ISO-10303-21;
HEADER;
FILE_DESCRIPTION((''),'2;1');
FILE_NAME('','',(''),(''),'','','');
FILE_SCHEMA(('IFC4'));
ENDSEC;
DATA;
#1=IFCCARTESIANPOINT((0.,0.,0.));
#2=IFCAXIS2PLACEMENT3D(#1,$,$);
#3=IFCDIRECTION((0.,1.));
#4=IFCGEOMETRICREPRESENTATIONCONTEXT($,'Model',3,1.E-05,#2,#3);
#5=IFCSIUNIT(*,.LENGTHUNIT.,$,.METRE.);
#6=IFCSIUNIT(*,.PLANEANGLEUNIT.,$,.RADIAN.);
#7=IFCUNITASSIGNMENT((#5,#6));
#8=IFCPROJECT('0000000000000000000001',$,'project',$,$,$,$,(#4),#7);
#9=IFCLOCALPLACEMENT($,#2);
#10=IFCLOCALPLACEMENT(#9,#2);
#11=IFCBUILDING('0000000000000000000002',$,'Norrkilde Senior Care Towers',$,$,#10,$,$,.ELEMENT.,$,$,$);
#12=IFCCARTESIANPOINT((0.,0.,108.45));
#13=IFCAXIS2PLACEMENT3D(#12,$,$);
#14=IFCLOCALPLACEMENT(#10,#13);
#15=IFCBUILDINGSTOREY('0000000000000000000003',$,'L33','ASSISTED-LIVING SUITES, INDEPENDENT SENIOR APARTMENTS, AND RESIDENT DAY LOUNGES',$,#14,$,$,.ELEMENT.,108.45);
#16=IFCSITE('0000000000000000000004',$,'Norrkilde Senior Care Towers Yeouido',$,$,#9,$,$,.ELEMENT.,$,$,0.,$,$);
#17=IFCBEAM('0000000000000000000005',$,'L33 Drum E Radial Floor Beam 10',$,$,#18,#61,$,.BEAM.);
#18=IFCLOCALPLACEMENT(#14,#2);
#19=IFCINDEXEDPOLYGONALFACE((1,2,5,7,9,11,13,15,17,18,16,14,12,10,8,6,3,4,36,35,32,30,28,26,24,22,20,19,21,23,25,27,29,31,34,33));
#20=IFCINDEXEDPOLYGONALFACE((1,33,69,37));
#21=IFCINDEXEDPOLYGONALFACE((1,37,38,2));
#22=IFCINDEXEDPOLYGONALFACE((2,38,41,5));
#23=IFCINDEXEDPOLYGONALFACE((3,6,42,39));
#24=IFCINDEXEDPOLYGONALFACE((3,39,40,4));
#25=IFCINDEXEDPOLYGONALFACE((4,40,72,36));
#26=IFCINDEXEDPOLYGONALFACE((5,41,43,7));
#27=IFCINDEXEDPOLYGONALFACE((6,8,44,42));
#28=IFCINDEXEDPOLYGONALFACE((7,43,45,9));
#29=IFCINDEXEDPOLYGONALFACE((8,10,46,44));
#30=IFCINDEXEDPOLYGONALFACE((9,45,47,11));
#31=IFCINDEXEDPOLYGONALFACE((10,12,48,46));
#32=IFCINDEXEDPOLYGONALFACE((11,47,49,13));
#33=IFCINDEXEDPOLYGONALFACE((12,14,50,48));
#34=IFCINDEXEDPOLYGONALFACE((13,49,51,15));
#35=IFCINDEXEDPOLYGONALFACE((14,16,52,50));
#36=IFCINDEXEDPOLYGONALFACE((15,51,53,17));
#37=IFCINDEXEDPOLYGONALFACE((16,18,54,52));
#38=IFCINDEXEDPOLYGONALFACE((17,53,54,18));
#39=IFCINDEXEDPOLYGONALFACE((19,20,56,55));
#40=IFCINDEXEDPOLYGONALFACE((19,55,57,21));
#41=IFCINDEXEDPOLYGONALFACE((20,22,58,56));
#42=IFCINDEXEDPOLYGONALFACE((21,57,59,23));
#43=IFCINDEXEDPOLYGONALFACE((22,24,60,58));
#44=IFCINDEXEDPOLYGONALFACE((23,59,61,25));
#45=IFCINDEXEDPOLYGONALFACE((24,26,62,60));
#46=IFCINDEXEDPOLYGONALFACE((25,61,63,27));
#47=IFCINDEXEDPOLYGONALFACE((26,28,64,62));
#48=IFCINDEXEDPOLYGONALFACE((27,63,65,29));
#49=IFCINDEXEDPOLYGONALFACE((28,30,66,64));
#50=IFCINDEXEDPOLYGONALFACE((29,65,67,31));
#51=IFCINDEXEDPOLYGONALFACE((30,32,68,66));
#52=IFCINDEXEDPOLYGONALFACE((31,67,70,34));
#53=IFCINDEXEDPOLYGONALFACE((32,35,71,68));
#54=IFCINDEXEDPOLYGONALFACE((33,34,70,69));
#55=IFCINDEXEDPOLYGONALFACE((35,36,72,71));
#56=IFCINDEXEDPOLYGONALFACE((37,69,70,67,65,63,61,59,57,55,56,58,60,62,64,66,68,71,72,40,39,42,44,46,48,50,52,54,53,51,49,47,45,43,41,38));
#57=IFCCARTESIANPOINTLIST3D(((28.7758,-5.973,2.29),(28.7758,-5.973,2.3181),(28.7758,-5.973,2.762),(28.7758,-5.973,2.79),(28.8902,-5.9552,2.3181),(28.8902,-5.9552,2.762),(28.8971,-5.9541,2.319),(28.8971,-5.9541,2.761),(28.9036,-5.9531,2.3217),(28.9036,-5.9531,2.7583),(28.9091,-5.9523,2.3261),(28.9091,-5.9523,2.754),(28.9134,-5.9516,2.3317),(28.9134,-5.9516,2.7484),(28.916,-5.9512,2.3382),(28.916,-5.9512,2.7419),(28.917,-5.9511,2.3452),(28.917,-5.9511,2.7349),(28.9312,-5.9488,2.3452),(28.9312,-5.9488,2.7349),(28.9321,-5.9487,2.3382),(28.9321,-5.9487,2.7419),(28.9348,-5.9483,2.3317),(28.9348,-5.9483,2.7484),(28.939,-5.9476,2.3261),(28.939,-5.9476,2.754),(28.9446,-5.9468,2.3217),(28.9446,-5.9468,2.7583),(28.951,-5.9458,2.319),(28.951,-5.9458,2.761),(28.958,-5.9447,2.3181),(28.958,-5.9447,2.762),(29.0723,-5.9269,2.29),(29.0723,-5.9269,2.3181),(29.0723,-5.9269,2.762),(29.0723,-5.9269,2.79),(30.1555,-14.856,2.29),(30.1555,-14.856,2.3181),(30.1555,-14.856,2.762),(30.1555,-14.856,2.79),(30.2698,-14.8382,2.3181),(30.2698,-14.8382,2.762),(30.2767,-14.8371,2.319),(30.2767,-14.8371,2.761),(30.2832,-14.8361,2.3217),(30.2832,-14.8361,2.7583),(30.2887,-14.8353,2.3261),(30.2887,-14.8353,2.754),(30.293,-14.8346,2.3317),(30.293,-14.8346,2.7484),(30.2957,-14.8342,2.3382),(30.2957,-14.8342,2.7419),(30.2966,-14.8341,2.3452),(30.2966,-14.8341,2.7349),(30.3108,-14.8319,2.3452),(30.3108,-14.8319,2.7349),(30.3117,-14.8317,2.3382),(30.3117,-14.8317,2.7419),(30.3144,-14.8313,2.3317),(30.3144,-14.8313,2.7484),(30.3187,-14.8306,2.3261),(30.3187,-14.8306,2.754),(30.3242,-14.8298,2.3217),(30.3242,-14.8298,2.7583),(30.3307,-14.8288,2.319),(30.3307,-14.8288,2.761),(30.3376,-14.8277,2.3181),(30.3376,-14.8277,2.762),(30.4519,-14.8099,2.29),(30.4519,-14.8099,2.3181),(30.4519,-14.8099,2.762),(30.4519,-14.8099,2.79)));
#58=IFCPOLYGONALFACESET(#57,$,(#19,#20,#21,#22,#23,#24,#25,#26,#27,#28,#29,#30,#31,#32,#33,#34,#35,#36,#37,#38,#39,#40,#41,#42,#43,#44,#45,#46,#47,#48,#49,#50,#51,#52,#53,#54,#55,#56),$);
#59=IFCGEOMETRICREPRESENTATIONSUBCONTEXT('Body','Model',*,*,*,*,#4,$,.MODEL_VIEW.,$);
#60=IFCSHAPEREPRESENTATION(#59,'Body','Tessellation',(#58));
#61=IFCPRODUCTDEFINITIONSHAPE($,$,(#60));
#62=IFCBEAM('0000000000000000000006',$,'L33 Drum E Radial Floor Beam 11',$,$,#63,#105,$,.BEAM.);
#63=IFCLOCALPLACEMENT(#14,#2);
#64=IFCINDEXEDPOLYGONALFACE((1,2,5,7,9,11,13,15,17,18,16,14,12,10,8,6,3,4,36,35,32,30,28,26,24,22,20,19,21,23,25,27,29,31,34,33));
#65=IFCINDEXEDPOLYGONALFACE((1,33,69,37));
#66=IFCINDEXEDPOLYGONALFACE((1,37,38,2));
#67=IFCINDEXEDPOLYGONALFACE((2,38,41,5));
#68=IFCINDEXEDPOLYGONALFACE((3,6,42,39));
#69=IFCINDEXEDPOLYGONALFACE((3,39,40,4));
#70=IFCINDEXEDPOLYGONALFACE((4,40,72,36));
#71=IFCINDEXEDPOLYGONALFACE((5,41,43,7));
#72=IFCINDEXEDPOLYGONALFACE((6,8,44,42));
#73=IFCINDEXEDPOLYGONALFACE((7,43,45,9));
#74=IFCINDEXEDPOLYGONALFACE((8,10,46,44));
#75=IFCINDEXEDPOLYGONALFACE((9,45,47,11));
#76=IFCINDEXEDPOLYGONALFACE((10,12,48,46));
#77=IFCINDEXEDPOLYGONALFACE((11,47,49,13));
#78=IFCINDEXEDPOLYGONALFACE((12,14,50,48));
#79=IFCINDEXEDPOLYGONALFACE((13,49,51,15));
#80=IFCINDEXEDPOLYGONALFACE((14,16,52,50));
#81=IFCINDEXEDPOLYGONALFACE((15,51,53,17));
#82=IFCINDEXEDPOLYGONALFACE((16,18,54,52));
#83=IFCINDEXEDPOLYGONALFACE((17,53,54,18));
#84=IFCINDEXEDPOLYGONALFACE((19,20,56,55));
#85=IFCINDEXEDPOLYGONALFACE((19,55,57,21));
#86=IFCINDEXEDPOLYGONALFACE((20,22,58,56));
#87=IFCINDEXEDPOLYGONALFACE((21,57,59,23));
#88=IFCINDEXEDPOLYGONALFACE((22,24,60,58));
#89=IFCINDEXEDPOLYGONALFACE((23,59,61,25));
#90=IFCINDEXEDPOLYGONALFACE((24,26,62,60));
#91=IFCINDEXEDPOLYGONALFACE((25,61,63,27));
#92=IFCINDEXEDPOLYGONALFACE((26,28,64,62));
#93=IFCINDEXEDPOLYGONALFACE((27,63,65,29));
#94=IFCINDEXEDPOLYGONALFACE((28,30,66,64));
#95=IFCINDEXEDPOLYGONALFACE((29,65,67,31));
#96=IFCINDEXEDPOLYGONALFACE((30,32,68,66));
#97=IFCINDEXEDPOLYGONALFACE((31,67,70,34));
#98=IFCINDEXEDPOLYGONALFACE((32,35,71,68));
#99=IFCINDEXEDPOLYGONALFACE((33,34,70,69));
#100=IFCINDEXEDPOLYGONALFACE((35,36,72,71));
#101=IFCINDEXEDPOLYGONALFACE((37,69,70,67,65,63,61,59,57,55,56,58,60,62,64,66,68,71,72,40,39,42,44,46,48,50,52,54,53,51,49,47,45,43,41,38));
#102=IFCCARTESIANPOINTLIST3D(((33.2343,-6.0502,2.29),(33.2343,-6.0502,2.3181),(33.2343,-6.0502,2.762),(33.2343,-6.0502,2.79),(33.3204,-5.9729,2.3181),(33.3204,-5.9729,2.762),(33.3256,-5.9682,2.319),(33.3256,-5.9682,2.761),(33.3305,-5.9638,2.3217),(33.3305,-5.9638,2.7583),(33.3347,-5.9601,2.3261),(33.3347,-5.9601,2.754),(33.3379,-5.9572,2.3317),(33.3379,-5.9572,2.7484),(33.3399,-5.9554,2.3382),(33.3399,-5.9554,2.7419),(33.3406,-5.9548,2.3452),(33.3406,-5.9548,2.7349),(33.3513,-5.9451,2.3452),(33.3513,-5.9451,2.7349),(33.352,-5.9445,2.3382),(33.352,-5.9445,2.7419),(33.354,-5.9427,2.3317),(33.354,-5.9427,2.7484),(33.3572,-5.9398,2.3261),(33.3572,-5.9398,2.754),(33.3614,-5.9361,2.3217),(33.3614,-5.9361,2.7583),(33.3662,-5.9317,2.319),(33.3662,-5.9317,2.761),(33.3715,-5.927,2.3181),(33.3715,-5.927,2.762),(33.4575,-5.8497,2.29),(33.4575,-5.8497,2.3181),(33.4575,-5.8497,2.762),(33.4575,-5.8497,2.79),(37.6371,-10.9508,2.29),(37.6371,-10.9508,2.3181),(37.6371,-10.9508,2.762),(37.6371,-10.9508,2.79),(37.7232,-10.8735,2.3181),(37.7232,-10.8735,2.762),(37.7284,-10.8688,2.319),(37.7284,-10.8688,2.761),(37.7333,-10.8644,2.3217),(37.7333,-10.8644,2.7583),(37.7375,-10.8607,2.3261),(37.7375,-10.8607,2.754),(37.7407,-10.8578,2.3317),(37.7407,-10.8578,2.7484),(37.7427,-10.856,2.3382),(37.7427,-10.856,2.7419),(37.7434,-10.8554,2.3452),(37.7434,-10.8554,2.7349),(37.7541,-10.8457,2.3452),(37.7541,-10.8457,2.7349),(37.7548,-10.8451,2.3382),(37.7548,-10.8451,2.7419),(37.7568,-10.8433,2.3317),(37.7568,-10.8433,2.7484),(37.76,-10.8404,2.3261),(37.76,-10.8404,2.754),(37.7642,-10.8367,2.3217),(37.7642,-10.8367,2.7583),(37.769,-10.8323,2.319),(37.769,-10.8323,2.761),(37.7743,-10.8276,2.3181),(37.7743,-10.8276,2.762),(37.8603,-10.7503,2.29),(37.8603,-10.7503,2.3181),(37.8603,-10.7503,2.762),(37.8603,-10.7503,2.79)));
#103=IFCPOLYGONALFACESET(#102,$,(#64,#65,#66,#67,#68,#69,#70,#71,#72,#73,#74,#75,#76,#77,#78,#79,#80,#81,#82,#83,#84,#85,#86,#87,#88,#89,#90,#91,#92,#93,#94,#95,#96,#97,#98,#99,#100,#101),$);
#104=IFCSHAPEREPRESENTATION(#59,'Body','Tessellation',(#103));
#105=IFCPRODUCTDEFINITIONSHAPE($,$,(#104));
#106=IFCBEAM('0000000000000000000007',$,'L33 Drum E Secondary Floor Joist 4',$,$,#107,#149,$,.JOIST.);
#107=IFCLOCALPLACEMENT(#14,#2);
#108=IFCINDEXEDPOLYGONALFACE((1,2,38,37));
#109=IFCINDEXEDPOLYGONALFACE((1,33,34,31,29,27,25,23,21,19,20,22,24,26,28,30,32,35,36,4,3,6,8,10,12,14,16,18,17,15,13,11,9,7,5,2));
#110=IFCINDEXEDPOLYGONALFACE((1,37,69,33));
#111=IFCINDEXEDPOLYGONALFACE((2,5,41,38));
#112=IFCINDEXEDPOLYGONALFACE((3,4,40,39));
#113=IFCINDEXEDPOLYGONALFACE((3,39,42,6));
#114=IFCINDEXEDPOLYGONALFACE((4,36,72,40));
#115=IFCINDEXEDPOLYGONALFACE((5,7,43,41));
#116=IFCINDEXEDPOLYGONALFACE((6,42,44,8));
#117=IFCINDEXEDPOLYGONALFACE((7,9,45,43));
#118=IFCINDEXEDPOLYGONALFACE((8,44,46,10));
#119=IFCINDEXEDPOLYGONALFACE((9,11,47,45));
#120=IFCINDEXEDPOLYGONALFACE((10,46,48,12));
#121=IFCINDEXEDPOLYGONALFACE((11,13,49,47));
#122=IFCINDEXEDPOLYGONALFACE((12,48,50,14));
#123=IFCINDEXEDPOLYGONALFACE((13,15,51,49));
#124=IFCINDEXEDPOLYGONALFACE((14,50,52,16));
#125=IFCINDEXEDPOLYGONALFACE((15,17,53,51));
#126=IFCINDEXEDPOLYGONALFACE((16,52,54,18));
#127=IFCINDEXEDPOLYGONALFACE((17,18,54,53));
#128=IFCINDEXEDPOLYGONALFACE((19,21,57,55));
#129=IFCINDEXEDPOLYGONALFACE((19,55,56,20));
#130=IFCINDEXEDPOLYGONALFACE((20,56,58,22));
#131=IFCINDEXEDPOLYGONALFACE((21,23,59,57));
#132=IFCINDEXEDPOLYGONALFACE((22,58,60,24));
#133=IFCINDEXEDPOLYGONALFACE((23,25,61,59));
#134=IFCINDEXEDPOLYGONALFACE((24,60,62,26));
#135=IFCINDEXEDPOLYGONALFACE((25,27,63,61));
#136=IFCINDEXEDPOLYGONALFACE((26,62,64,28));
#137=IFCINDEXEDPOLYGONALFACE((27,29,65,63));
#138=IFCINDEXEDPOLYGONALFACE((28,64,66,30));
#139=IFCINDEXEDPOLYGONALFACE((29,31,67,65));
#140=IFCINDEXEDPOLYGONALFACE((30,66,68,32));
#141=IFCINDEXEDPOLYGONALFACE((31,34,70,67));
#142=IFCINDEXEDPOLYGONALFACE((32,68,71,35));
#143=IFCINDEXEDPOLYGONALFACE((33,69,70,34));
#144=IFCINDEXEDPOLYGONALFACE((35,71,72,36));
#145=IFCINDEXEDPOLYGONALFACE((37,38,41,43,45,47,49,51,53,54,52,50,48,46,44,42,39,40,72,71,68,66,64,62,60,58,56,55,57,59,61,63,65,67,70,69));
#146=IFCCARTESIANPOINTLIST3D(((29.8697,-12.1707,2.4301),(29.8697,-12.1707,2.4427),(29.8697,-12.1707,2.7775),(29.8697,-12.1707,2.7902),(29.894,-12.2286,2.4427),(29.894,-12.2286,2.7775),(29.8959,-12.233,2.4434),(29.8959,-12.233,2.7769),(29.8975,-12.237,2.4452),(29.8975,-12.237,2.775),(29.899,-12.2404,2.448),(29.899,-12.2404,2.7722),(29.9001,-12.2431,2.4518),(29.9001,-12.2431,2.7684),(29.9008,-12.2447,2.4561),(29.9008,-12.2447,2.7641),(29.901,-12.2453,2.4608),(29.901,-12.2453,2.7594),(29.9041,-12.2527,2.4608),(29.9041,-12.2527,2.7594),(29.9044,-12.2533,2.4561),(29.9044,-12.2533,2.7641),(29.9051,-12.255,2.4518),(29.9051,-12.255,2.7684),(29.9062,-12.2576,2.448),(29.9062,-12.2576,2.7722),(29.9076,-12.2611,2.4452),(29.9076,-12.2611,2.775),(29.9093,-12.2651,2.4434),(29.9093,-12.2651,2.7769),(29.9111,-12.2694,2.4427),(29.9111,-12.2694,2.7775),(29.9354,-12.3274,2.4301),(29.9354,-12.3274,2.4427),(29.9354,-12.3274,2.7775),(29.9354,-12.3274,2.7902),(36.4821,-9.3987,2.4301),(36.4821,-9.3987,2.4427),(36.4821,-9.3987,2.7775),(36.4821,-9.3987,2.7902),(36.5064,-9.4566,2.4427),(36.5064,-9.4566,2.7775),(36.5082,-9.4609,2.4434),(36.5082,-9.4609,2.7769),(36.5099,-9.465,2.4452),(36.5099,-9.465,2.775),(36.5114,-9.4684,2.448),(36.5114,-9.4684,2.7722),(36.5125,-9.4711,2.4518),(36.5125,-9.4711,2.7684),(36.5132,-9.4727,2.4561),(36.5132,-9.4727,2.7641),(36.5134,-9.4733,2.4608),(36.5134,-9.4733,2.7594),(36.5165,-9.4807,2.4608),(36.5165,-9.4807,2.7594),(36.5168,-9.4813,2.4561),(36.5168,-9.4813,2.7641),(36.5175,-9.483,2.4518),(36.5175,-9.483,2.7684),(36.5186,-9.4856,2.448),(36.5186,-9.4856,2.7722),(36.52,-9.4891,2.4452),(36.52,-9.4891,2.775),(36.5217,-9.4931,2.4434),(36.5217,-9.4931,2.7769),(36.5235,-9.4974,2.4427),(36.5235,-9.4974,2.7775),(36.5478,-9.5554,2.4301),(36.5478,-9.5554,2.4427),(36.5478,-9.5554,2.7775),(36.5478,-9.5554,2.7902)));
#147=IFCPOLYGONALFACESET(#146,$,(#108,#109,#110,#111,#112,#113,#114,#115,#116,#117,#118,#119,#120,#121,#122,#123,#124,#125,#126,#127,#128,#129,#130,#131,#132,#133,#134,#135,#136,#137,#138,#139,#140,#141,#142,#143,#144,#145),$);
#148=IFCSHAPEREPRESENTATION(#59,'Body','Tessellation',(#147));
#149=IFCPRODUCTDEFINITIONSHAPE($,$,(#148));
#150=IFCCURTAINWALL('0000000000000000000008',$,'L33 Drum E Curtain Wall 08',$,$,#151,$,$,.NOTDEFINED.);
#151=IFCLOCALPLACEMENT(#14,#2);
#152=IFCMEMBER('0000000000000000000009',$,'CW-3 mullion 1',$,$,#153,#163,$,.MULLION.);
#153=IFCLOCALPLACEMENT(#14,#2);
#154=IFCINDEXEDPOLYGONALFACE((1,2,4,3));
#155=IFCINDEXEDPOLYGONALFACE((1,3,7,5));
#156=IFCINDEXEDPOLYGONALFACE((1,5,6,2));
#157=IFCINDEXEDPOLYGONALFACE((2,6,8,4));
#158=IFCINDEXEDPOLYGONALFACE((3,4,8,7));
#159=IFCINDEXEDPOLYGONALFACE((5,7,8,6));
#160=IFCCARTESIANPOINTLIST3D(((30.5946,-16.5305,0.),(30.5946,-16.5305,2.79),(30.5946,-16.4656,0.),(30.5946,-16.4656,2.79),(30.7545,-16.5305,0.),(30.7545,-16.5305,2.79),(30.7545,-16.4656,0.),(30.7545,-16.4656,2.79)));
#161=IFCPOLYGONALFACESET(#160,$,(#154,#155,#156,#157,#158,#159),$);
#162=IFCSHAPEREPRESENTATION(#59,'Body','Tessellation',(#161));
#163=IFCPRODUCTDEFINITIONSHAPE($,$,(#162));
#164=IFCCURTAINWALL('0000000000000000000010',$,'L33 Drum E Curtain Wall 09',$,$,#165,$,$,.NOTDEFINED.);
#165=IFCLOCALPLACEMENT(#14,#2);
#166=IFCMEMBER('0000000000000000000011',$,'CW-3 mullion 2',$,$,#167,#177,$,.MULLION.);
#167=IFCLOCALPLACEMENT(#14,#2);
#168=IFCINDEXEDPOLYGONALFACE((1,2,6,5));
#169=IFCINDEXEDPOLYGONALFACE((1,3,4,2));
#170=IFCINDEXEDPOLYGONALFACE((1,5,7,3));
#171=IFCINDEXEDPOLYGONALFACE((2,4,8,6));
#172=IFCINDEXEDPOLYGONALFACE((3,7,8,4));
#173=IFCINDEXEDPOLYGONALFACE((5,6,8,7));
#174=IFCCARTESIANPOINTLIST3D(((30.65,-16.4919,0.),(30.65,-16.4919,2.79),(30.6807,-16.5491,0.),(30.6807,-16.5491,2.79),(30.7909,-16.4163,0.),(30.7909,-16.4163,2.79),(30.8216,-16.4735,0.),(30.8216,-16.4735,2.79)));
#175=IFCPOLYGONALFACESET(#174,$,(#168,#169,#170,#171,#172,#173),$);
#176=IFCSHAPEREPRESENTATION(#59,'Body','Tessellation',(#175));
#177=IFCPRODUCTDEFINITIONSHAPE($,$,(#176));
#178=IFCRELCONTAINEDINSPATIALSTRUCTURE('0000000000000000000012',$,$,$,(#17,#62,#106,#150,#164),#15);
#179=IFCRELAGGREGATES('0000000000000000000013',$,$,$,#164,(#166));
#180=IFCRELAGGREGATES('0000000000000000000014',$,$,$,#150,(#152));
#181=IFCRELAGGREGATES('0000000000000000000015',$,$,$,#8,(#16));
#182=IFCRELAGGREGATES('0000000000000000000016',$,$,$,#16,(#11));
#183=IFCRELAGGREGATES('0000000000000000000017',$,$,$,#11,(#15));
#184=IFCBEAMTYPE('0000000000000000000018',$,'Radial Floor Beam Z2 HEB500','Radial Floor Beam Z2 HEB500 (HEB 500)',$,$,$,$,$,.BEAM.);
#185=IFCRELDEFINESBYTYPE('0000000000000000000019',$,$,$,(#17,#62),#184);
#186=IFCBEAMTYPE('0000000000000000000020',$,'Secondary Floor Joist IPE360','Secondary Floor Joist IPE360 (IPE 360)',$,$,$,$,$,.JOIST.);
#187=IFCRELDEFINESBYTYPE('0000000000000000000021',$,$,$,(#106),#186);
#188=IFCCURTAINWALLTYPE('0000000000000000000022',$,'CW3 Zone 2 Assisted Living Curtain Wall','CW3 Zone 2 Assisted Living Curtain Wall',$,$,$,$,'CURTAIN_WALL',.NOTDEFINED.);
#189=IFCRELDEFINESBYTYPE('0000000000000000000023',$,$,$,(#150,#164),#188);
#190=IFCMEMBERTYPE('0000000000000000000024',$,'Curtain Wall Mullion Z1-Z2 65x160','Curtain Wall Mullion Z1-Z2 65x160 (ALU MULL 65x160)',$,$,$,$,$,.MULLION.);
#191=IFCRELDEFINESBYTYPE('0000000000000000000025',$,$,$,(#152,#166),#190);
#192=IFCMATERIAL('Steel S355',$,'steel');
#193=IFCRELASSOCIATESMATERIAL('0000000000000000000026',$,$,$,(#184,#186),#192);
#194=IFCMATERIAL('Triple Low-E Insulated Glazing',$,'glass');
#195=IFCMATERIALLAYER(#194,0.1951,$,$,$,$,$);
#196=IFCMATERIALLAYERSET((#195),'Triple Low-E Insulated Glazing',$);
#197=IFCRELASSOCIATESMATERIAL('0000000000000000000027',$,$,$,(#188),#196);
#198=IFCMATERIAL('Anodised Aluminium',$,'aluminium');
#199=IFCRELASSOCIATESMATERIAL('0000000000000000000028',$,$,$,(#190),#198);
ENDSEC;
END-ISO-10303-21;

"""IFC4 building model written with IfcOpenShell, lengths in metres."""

from ifc_helpers import new_model, si_unit, direction, frame, origin, origin_2d, place, context, subcontext, project, spatial, rectangle, i_section, extrude, source, transform, mapped, material, layer, layer_set, material_profile, profile_set, type_object, type_shapes, element, aggregate, save


model = new_model("IFC4")

# Units and contexts
model_context = context("Model", 3, precision=1e-05, world=origin(), true_north=direction((0.0, 1.0)))
body_context = subcontext(model_context, "Body", "Model", "MODEL_VIEW")
ifc_project = project(units=[si_unit("LENGTHUNIT", "METRE"), si_unit("PLANEANGLEUNIT", "RADIAN")], contexts=[model_context])

# Site, building, storey
site_placement = place(None, origin())
site = spatial("IfcSite", under=ifc_project, at=site_placement, Name="Norrkilde Senior Care Towers Yeouido", CompositionType="ELEMENT", RefElevation=0.0)
building_placement = place(site_placement, origin())
building = spatial("IfcBuilding", under=site, at=building_placement, Name="Norrkilde Senior Care Towers", CompositionType="ELEMENT")
storey_placement = place(building_placement, frame((0.0, 0.0, 108.45)))
storey = spatial("IfcBuildingStorey", under=building, at=storey_placement, Name="L33", Description="ASSISTED-LIVING SUITES, INDEPENDENT SENIOR APARTMENTS, AND RESIDENT DAY LOUNGES", CompositionType="ELEMENT", Elevation=108.45)

# Beams
ifc_material_1 = material(Name="Steel S355", Category="steel")
ifc_material_profile_1 = material_profile(ifc_material_1, i_section(OverallWidth=0.3, OverallDepth=0.5, WebThickness=0.0144, FlangeThickness=0.0281, FilletRadius=0.0271, at=origin_2d()), Name="HEB 500")
ifc_profile_set_1 = profile_set([ifc_material_profile_1], Name="Steel S355")
beam_type_1 = type_object("IfcBeamType", Name="Radial Floor Beam Z2 HEB500", Description="Radial Floor Beam Z2 HEB500 (HEB 500)", PredefinedType="BEAM", material=ifc_profile_set_1)
shared_shape_1 = source(origin(), body_context, "Body", "SweptSolid", [
    extrude(i_section(OverallWidth=0.3, OverallDepth=0.5, WebThickness=0.0144, FlangeThickness=0.0281, FilletRadius=0.0271, at=origin_2d()), origin(), (0.0, 0.0, 1.0), 8.9895),
])
beam_1_placement = place(storey_placement, frame((28.9241, -5.95, 2.54), z_axis=(0.153471, -0.988153, 0.0), x_axis=(0.988153, 0.153471, 0.0)))
element("IfcBeam", 1, at=beam_1_placement, inside=storey, type_object=beam_type_1, Name="L33 Drum E Radial Floor Beam 10", PredefinedType="BEAM", context=body_context, shape_type="MappedRepresentation", body=[
    mapped(shared_shape_1, transform((0.0, 0.0, 0.0), x_axis=(1.0, 0.0, 0.0), y_axis=(0.0, 1.0, 0.0), z_axis=(0.0, 0.0, 1.0), scale=1.0)),
])
shared_shape_2 = source(origin(), body_context, "Body", "SweptSolid", [
    extrude(i_section(OverallWidth=0.3, OverallDepth=0.5, WebThickness=0.0144, FlangeThickness=0.0281, FilletRadius=0.0271, at=origin_2d()), origin(), (0.0, 0.0, 1.0), 6.5879),
])
beam_2_placement = place(storey_placement, frame((33.3459, -5.95, 2.54), z_axis=(0.668315, -0.743878, 0.0), x_axis=(0.743878, 0.668315, 0.0)))
element("IfcBeam", 2, at=beam_2_placement, inside=storey, type_object=beam_type_1, Name="L33 Drum E Radial Floor Beam 11", PredefinedType="BEAM", context=body_context, shape_type="MappedRepresentation", body=[
    mapped(shared_shape_2, transform((0.0, 0.0, 0.0), x_axis=(1.0, 0.0, 0.0), y_axis=(0.0, 1.0, 0.0), z_axis=(0.0, 0.0, 1.0), scale=1.0)),
])
ifc_material_profile_2 = material_profile(ifc_material_1, i_section(OverallWidth=0.1699, OverallDepth=0.3601, WebThickness=0.0081, FlangeThickness=0.0127, FilletRadius=0.0181, at=origin_2d()), Name="IPE 360")
ifc_profile_set_2 = profile_set([ifc_material_profile_2], Name="Steel S355")
beam_type_2 = type_object("IfcBeamType", Name="Secondary Floor Joist IPE360", Description="Secondary Floor Joist IPE360 (IPE 360)", PredefinedType="JOIST", material=ifc_profile_set_2)
shared_shape_3 = source(origin(), body_context, "Body", "SweptSolid", [
    extrude(i_section(OverallWidth=0.1699, OverallDepth=0.3601, WebThickness=0.0081, FlangeThickness=0.0127, FilletRadius=0.0181, at=origin_2d()), origin(), (0.0, 0.0, 1.0), 7.1699),
])
type_shapes(beam_type_2, [shared_shape_3])
beam_3_placement = place(storey_placement, frame((29.9026, -12.249, 2.6101), z_axis=(0.922241, 0.386616, 0.0), x_axis=(-0.386616, 0.922241, 0.0)))
element("IfcBeam", 3, at=beam_3_placement, inside=storey, type_object=beam_type_2, Name="L33 Drum E Secondary Floor Joist 4", PredefinedType="JOIST", context=body_context, shape_type="MappedRepresentation", body=[
    mapped(shared_shape_3, transform((0.0, 0.0, 0.0), x_axis=(1.0, 0.0, 0.0), y_axis=(0.0, 1.0, 0.0), z_axis=(0.0, 0.0, 1.0), scale=1.0)),
])

# Curtain walls, members
ifc_material_2 = material(Name="Triple Low-E Insulated Glazing", Category="glass")
ifc_layer_1 = layer(ifc_material_2, 0.1951)
ifc_layer_set_1 = layer_set([ifc_layer_1], Name="Triple Low-E Insulated Glazing")
curtain_wall_type = type_object("IfcCurtainWallType", Name="CW3 Zone 2 Assisted Living Curtain Wall", Description="CW3 Zone 2 Assisted Living Curtain Wall", ElementType="CURTAIN_WALL", PredefinedType="NOTDEFINED", material=ifc_layer_set_1)
curtain_wall_1_placement = place(storey_placement, origin())
curtain_wall_1 = element("IfcCurtainWall", 4, at=curtain_wall_1_placement, inside=storey, type_object=curtain_wall_type, Name="L33 Drum E Curtain Wall 08", PredefinedType="NOTDEFINED")
ifc_material_3 = material(Name="Anodised Aluminium", Category="aluminium")
ifc_material_profile_3 = material_profile(ifc_material_3, rectangle(XDim=0.0649, YDim=0.1599, at=origin_2d()), Name="ALU MULL 65x160")
ifc_profile_set_3 = profile_set([ifc_material_profile_3], Name="Anodised Aluminium")
member_type_1 = type_object("IfcMemberType", Name="Curtain Wall Mullion Z1-Z2 65x160", Description="Curtain Wall Mullion Z1-Z2 65x160 (ALU MULL 65x160)", PredefinedType="MULLION", material=ifc_profile_set_3)
shared_shape_4 = source(origin(), body_context, "Body", "SweptSolid", [
    extrude(rectangle(XDim=0.0649, YDim=0.1599, at=origin_2d()), origin(), (0.0, 0.0, 1.0), 2.79),
])
type_shapes(member_type_1, [shared_shape_4])
member_1_placement = place(storey_placement, frame((30.6746, -16.498, 0.0), z_axis=(0.0, 0.0, 1.0), x_axis=(0.0, -1.0, 0.0)))
member_1 = element("IfcMember", 5, at=member_1_placement, type_object=member_type_1, Name="CW-3 mullion 1", PredefinedType="MULLION", context=body_context, shape_type="MappedRepresentation", body=[
    mapped(shared_shape_4, transform((0.0, 0.0, 0.0), x_axis=(1.0, 0.0, 0.0), y_axis=(0.0, 1.0, 0.0), z_axis=(0.0, 0.0, 1.0), scale=1.0)),
])
curtain_wall_2_placement = place(storey_placement, origin())
curtain_wall_2 = element("IfcCurtainWall", 6, at=curtain_wall_2_placement, inside=storey, type_object=curtain_wall_type, Name="L33 Drum E Curtain Wall 09", PredefinedType="NOTDEFINED")
member_2_placement = place(storey_placement, frame((30.7358, -16.4827, 0.0), z_axis=(0.0, 0.0, 1.0), x_axis=(0.472769, -0.881186, 0.0)))
member_2 = element("IfcMember", 7, at=member_2_placement, type_object=member_type_1, Name="CW-3 mullion 2", PredefinedType="MULLION", context=body_context, shape_type="MappedRepresentation", body=[
    mapped(shared_shape_4, transform((0.0, 0.0, 0.0), x_axis=(1.0, 0.0, 0.0), y_axis=(0.0, 1.0, 0.0), z_axis=(0.0, 0.0, 1.0), scale=1.0)),
])

aggregate(curtain_wall_2, [member_2])
aggregate(curtain_wall_1, [member_1])

save(model, "model.ifc")
